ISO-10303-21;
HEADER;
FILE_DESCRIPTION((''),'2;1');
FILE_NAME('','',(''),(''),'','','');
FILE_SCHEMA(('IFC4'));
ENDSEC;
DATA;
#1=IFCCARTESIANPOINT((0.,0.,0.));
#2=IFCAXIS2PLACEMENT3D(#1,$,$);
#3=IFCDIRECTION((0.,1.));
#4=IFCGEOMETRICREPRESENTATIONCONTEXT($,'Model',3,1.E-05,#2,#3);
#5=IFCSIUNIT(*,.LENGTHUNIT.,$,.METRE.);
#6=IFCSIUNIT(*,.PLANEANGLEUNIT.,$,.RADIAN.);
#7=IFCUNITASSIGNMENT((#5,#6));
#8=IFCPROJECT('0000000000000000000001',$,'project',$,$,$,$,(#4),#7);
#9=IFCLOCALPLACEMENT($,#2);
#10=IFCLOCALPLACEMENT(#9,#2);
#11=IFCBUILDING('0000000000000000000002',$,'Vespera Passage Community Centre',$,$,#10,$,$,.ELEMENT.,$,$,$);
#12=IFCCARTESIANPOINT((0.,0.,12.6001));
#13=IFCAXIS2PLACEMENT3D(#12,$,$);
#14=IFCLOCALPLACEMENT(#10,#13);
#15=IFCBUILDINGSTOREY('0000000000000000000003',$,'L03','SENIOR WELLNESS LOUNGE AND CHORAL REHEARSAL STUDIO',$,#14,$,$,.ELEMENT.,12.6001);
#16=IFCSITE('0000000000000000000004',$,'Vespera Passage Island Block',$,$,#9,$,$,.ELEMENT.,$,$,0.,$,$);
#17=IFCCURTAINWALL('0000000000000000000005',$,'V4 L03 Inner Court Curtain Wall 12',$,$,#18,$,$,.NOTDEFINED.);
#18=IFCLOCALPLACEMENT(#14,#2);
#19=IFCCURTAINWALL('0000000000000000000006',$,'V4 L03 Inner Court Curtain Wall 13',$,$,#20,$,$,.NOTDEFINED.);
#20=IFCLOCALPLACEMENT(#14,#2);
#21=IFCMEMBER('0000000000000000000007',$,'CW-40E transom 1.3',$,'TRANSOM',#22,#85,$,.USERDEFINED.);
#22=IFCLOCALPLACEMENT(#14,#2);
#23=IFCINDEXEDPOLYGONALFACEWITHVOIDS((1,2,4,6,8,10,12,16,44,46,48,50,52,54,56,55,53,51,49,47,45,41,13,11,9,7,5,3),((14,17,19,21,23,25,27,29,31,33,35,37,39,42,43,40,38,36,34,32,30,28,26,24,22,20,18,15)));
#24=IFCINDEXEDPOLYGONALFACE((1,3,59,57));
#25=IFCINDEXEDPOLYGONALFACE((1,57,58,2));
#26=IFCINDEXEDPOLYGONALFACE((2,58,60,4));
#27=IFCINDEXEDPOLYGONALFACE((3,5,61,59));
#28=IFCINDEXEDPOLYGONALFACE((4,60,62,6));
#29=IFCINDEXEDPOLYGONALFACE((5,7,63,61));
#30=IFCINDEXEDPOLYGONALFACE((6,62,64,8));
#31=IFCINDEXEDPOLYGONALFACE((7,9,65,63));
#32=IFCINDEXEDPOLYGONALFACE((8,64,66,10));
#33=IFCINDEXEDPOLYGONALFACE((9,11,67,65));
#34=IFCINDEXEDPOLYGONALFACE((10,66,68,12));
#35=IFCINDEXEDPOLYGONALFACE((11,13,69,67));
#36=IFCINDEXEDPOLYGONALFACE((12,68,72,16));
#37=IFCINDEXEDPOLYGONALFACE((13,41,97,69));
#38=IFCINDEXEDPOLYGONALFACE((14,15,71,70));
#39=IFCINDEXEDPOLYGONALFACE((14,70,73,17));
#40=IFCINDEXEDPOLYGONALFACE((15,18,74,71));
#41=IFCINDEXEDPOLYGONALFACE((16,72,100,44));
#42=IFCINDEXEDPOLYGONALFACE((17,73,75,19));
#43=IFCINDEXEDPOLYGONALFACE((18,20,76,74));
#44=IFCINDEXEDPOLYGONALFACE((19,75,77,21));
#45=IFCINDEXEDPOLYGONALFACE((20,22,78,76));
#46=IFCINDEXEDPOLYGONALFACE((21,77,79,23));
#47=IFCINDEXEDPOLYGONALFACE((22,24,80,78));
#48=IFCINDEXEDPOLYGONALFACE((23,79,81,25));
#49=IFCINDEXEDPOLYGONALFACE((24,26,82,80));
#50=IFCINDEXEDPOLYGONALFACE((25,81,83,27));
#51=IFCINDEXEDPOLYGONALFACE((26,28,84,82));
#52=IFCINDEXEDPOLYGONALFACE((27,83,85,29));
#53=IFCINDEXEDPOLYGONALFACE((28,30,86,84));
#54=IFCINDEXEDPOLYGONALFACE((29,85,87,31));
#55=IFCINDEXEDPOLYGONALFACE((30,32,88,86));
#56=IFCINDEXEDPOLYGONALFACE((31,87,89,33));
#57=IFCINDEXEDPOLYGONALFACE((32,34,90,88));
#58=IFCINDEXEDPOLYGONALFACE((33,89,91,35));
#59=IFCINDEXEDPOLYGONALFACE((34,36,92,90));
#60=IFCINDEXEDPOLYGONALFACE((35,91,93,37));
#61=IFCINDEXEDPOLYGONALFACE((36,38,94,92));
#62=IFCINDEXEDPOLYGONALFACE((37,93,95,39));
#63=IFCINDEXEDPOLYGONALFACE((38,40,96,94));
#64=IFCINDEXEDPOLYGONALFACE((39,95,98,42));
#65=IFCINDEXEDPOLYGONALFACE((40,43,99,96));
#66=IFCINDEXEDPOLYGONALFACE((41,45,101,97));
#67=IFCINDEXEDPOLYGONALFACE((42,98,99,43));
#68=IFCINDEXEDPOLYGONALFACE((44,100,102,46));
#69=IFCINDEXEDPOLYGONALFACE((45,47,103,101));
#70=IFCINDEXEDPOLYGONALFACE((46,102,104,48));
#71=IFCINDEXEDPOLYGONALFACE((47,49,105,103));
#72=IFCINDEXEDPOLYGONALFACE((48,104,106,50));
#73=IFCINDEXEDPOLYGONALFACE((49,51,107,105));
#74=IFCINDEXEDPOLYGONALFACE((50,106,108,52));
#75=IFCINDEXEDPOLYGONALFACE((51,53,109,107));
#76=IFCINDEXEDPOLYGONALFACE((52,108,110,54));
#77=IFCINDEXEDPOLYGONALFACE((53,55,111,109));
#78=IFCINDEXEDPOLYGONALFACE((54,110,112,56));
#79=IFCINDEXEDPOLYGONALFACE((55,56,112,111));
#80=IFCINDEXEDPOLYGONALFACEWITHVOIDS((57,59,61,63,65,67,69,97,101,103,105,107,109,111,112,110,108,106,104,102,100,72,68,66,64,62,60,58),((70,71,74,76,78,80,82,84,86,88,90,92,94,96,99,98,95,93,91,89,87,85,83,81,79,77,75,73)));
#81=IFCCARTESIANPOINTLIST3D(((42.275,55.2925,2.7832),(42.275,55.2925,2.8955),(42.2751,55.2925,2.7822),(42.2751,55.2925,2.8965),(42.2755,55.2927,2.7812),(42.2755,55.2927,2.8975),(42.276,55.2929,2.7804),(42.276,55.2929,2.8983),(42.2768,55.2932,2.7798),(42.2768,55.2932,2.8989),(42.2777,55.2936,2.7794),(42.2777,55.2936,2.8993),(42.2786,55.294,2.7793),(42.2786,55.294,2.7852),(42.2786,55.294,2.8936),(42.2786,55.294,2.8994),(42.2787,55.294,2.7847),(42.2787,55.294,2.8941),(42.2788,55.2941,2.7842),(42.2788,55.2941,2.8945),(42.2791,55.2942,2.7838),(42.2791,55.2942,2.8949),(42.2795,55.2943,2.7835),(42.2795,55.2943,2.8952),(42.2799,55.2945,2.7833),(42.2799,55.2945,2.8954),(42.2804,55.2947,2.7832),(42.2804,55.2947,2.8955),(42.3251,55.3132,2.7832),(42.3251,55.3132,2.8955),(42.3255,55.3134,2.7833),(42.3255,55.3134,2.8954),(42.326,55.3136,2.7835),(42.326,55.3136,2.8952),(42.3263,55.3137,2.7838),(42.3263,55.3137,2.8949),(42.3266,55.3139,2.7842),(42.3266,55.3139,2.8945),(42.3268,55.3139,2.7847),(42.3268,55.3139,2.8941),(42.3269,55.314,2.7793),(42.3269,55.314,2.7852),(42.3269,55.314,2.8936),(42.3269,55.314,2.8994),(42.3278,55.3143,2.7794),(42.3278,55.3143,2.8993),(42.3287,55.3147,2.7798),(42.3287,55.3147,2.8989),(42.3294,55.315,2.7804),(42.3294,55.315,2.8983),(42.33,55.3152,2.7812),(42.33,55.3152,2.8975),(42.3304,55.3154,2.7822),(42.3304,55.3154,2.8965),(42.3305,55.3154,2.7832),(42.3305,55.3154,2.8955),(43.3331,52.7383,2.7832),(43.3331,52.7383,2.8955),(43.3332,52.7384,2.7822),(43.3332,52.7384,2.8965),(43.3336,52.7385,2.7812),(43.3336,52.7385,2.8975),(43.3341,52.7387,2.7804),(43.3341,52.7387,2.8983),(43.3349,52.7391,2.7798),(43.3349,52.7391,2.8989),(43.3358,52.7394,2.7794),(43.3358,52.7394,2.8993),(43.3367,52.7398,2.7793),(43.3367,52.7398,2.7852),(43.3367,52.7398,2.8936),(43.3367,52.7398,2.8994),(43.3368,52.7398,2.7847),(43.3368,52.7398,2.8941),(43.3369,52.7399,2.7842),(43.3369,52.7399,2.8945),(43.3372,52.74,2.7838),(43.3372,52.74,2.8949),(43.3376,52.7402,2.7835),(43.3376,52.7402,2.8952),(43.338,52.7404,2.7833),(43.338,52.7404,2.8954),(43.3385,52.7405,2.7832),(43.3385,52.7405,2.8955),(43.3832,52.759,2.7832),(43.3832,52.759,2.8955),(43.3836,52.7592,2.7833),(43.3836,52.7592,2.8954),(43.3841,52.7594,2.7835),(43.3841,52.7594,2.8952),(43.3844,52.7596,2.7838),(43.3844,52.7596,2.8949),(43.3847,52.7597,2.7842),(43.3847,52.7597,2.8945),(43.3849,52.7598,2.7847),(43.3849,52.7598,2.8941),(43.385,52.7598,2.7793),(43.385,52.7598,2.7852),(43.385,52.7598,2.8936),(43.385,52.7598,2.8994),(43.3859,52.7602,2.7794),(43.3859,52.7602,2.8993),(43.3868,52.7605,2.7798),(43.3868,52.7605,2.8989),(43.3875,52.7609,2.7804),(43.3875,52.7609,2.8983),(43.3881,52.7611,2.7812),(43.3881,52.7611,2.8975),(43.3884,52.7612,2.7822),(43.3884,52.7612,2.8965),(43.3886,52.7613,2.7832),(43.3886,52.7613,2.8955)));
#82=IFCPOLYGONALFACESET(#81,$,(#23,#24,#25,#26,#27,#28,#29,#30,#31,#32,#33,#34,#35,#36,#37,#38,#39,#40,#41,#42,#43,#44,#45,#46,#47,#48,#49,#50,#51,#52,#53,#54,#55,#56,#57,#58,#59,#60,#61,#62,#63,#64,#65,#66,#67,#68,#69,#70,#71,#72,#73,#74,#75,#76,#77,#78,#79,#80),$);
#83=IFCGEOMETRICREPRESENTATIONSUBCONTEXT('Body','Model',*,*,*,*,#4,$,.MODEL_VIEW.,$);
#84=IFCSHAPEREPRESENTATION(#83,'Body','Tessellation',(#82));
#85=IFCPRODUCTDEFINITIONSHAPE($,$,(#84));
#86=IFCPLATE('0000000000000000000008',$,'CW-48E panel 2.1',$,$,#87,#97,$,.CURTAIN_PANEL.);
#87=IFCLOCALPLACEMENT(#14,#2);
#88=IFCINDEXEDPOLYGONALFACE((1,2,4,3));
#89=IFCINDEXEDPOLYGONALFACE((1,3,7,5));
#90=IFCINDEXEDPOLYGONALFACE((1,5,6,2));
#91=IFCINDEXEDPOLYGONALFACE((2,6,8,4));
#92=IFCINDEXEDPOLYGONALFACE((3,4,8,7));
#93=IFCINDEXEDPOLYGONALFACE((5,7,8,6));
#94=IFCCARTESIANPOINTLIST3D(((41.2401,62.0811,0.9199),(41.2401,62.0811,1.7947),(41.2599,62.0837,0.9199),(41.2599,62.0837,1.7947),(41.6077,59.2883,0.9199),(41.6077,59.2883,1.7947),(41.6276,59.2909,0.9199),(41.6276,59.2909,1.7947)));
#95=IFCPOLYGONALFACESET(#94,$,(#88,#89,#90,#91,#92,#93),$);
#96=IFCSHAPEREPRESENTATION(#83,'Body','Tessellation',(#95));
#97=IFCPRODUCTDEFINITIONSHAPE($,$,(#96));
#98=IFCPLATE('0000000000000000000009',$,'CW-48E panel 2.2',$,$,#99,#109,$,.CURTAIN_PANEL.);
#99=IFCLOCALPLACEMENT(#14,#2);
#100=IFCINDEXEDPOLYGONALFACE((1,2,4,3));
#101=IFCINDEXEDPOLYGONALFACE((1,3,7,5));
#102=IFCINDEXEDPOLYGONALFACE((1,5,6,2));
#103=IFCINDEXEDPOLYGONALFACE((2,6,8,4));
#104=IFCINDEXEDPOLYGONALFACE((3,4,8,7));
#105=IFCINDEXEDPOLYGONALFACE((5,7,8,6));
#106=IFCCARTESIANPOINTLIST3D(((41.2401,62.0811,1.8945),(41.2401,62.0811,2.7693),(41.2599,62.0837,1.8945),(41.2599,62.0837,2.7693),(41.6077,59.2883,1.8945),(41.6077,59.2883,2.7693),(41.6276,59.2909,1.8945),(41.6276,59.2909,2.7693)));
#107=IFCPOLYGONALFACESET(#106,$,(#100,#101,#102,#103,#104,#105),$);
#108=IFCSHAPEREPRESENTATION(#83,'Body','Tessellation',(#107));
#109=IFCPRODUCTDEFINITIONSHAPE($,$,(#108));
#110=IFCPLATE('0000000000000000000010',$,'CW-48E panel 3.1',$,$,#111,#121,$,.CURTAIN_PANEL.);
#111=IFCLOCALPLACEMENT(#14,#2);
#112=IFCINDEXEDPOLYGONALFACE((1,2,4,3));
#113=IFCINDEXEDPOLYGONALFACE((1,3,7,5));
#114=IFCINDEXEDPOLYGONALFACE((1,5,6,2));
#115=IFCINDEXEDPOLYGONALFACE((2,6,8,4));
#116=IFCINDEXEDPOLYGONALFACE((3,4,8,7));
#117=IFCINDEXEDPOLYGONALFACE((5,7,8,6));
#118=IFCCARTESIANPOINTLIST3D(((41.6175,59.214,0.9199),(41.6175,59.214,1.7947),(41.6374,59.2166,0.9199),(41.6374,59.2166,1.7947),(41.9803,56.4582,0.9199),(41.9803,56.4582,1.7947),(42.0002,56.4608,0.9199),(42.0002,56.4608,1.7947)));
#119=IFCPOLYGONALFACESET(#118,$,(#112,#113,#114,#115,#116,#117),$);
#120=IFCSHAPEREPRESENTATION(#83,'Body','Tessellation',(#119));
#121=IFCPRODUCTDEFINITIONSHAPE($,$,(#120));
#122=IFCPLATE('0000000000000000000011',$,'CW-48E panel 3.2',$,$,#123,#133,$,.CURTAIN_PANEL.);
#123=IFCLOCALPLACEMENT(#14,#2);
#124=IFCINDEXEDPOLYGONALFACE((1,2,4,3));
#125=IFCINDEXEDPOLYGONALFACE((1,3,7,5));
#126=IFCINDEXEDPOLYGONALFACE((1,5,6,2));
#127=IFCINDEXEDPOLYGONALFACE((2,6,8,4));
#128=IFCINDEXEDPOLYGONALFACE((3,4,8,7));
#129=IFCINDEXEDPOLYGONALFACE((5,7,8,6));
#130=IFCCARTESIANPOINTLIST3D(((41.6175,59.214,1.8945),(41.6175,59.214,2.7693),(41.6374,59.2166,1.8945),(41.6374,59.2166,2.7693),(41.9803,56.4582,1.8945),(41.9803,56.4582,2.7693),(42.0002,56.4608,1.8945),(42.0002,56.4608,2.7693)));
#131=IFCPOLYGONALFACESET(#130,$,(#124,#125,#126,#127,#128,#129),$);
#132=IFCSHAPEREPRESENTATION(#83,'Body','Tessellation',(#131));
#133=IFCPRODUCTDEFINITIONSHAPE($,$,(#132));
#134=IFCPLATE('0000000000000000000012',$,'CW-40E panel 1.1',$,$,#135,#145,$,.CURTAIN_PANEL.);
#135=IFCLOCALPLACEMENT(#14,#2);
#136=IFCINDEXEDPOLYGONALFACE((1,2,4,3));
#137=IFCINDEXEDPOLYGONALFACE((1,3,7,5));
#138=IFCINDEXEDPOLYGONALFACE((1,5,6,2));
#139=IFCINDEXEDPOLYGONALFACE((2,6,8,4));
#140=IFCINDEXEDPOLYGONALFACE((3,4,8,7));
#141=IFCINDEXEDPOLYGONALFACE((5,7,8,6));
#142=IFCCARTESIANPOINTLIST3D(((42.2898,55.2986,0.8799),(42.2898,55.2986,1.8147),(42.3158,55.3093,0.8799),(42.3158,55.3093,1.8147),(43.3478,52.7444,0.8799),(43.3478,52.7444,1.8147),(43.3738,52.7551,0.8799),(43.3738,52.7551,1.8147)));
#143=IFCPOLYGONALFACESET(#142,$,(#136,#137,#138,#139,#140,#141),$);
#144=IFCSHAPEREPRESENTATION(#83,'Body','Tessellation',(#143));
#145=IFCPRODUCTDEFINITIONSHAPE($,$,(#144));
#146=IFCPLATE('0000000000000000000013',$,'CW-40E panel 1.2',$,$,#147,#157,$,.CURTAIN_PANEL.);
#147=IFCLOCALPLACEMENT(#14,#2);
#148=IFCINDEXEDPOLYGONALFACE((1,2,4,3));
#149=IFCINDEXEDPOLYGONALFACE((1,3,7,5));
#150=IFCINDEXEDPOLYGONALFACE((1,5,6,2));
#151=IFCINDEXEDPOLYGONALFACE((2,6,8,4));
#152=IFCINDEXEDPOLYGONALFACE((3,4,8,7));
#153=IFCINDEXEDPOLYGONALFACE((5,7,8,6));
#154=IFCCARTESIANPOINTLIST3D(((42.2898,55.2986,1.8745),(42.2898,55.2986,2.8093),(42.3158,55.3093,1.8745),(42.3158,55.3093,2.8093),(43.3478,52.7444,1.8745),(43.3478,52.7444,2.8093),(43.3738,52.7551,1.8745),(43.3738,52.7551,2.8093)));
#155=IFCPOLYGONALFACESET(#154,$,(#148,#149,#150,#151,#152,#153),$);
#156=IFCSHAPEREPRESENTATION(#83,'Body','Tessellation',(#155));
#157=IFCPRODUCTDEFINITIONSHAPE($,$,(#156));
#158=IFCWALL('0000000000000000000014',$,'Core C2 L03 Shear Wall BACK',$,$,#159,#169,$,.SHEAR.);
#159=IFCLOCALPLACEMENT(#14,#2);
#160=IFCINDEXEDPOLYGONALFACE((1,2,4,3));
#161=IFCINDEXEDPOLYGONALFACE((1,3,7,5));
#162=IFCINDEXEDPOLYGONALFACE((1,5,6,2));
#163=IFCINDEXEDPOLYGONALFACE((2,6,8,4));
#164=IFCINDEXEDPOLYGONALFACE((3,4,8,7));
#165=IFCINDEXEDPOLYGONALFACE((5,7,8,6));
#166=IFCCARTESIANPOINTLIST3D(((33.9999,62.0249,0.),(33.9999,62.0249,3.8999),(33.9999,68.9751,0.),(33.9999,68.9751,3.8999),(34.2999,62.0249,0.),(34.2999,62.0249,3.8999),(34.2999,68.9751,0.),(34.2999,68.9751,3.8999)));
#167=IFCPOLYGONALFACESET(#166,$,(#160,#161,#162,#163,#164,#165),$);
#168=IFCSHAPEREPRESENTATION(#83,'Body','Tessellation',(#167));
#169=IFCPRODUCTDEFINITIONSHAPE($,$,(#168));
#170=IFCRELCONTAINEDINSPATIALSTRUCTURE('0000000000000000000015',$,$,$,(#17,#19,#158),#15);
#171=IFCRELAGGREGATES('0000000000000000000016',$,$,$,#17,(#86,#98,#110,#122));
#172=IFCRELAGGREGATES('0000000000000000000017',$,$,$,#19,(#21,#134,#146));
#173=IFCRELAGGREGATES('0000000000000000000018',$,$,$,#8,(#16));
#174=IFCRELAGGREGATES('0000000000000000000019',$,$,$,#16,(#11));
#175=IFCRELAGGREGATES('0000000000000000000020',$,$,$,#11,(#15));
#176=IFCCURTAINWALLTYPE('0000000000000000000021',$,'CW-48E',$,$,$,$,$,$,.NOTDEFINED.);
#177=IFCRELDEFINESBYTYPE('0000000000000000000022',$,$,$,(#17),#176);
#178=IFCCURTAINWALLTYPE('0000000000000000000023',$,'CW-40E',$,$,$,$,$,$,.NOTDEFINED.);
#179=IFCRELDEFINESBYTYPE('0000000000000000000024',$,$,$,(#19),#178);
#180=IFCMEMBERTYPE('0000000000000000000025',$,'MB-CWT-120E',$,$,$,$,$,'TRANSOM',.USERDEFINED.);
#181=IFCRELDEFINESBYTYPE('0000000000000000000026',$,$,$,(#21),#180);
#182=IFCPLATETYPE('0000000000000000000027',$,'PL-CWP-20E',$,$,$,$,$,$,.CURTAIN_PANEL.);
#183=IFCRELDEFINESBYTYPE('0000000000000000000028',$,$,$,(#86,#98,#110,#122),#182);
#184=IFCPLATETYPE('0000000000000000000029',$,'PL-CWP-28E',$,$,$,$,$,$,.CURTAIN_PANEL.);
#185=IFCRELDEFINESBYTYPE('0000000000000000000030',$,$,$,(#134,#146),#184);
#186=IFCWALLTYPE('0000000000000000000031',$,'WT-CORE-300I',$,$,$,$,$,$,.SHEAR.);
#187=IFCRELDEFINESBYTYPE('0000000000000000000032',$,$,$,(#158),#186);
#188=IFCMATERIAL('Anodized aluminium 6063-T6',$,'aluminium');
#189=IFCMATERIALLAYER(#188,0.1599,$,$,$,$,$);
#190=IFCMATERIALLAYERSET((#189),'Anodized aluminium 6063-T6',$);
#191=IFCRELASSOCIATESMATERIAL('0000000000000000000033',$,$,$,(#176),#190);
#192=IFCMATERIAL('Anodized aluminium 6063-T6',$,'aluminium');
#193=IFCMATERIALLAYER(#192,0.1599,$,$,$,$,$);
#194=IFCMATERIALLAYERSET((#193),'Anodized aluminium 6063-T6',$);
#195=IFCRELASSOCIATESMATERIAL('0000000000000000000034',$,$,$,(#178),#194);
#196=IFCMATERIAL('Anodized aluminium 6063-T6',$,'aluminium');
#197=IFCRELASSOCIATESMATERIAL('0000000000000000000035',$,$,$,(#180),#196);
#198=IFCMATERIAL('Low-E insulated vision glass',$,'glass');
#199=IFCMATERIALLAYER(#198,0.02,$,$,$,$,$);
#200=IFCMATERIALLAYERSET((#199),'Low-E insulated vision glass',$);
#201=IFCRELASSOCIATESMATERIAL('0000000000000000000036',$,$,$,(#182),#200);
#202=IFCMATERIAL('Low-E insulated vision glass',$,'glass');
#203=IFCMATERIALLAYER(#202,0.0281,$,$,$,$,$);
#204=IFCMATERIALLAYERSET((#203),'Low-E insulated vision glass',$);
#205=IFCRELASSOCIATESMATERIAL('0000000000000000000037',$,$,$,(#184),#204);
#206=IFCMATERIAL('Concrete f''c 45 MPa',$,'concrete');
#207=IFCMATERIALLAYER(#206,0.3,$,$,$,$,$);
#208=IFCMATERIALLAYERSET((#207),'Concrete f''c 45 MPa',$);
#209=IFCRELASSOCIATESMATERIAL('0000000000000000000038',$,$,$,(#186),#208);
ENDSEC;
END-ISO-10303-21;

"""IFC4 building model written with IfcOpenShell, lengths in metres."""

from ifc_helpers import new_model, si_unit, direction, frame, frame_2d, origin, origin_2d, place, context, subcontext, project, spatial, rectangle, hollow_rectangle, extrude, material, layer, layer_set, material_profile, profile_set, type_object, element, aggregate, save


model = new_model("IFC4")

# Units and contexts
model_context = context("Model", 3, precision=1e-05, world=origin(), true_north=direction((0.0, 1.0)))
body_context = subcontext(model_context, "Body", "Model", "MODEL_VIEW")
ifc_project = project(units=[si_unit("LENGTHUNIT", "METRE"), si_unit("PLANEANGLEUNIT", "RADIAN")], contexts=[model_context])

# Site, building, storey
site_placement = place(None, origin())
site = spatial("IfcSite", under=ifc_project, at=site_placement, Name="Vespera Passage Island Block", CompositionType="ELEMENT", RefElevation=0.0)
building_placement = place(site_placement, origin())
building = spatial("IfcBuilding", under=site, at=building_placement, Name="Vespera Passage Community Centre", CompositionType="ELEMENT")
storey_placement = place(building_placement, frame((0.0, 0.0, 12.6001)))
storey = spatial("IfcBuildingStorey", under=building, at=storey_placement, Name="L03", Description="SENIOR WELLNESS LOUNGE AND CHORAL REHEARSAL STUDIO", CompositionType="ELEMENT", Elevation=12.6001)

# Curtain wall
ifc_material_1 = material(Name="Anodized aluminium 6063-T6", Category="aluminium")
ifc_layer_1 = layer(ifc_material_1, 0.1599)
ifc_layer_set_1 = layer_set([ifc_layer_1], Name="Anodized aluminium 6063-T6")
curtain_wall_type_1 = type_object("IfcCurtainWallType", Name="CW-48E", PredefinedType="NOTDEFINED", material=ifc_layer_set_1)
curtain_wall_1_placement = place(storey_placement, origin())
curtain_wall_1 = element("IfcCurtainWall", 1, at=curtain_wall_1_placement, inside=storey, type_object=curtain_wall_type_1, Name="V4 L03 Inner Court Curtain Wall 12", PredefinedType="NOTDEFINED")

# Curtain wall
ifc_material_2 = material(Name="Anodized aluminium 6063-T6", Category="aluminium")
ifc_layer_2 = layer(ifc_material_2, 0.1599)
ifc_layer_set_2 = layer_set([ifc_layer_2], Name="Anodized aluminium 6063-T6")
curtain_wall_type_2 = type_object("IfcCurtainWallType", Name="CW-40E", PredefinedType="NOTDEFINED", material=ifc_layer_set_2)
curtain_wall_2_placement = place(storey_placement, origin())
curtain_wall_2 = element("IfcCurtainWall", 2, at=curtain_wall_2_placement, inside=storey, type_object=curtain_wall_type_2, Name="V4 L03 Inner Court Curtain Wall 13", PredefinedType="NOTDEFINED")

# Member
ifc_material_3 = material(Name="Anodized aluminium 6063-T6", Category="aluminium")
ifc_material_profile_1 = material_profile(ifc_material_3, hollow_rectangle(XDim=0.0601, YDim=0.1201, WallThickness=0.0039, InnerFilletRadius=0.002, OuterFilletRadius=0.0039, at=origin_2d()), Name="ALU120X60X4")
ifc_profile_set_1 = profile_set([ifc_material_profile_1], Name="Anodized aluminium 6063-T6")
member_type_1 = type_object("IfcMemberType", Name="MB-CWT-120E", ElementType="TRANSOM", PredefinedType="USERDEFINED", material=ifc_profile_set_1)
member_1_placement = place(storey_placement, frame((42.3027, 55.304, 2.8394), z_axis=(0.382721, -0.923864, 0.0), x_axis=(0.923864, 0.382721, 0.0)))
member_1 = element("IfcMember", 3, at=member_1_placement, type_object=member_type_1, Name="CW-40E transom 1.3", ObjectType="TRANSOM", PredefinedType="USERDEFINED", context=body_context, shape_type="SweptSolid", body=[
    extrude(hollow_rectangle(XDim=0.0601, YDim=0.1201, WallThickness=0.0039, InnerFilletRadius=0.002, OuterFilletRadius=0.0039, at=origin_2d()), origin(), (0.0, 0.0, 1.0), 2.7646),
])

# Plates
ifc_material_4 = material(Name="Low-E insulated vision glass", Category="glass")
ifc_layer_3 = layer(ifc_material_4, 0.02)
ifc_layer_set_3 = layer_set([ifc_layer_3], Name="Low-E insulated vision glass")
plate_type_1 = type_object("IfcPlateType", Name="PL-CWP-20E", PredefinedType="CURTAIN_PANEL", material=ifc_layer_set_3)
plate_1_placement = place(storey_placement, frame((41.4338, 60.686, 0.9199), z_axis=(0.0, 0.0, 1.0), x_axis=(0.130522, -0.991445, 0.0)))
plate_1 = element("IfcPlate", 4, at=plate_1_placement, type_object=plate_type_1, Name="CW-48E panel 2.1", PredefinedType="CURTAIN_PANEL", context=body_context, shape_type="SweptSolid", body=[
    extrude(rectangle(XDim=2.8169, YDim=0.02, at=origin_2d()), origin(), (0.0, 0.0, 1.0), 0.8748),
])
plate_2_placement = place(storey_placement, frame((41.4338, 60.686, 1.8945), z_axis=(0.0, 0.0, 1.0), x_axis=(0.130522, -0.991445, 0.0)))
plate_2 = element("IfcPlate", 5, at=plate_2_placement, type_object=plate_type_1, Name="CW-48E panel 2.2", PredefinedType="CURTAIN_PANEL", context=body_context, shape_type="SweptSolid", body=[
    extrude(rectangle(XDim=2.8169, YDim=0.02, at=origin_2d()), origin(), (0.0, 0.0, 1.0), 0.8748),
])
plate_3_placement = place(storey_placement, frame((41.8088, 57.8374, 0.9199), z_axis=(0.0, 0.0, 1.0), x_axis=(0.130522, -0.991445, 0.0)))
plate_3 = element("IfcPlate", 6, at=plate_3_placement, type_object=plate_type_1, Name="CW-48E panel 3.1", PredefinedType="CURTAIN_PANEL", context=body_context, shape_type="SweptSolid", body=[
    extrude(rectangle(XDim=2.7795, YDim=0.02, at=origin_2d()), origin(), (0.0, 0.0, 1.0), 0.8748),
])
plate_4_placement = place(storey_placement, frame((41.8088, 57.8374, 1.8945), z_axis=(0.0, 0.0, 1.0), x_axis=(0.130522, -0.991445, 0.0)))
plate_4 = element("IfcPlate", 7, at=plate_4_placement, type_object=plate_type_1, Name="CW-48E panel 3.2", PredefinedType="CURTAIN_PANEL", context=body_context, shape_type="SweptSolid", body=[
    extrude(rectangle(XDim=2.7795, YDim=0.02, at=origin_2d()), origin(), (0.0, 0.0, 1.0), 0.8748),
])
aggregate(curtain_wall_1, [plate_1, plate_2, plate_3, plate_4])
ifc_material_5 = material(Name="Low-E insulated vision glass", Category="glass")
ifc_layer_4 = layer(ifc_material_5, 0.0281)
ifc_layer_set_4 = layer_set([ifc_layer_4], Name="Low-E insulated vision glass")
plate_type_2 = type_object("IfcPlateType", Name="PL-CWP-28E", PredefinedType="CURTAIN_PANEL", material=ifc_layer_set_4)
plate_5_placement = place(storey_placement, frame((42.8318, 54.0269, 0.8799), z_axis=(0.0, 0.0, 1.0), x_axis=(0.38269, -0.923877, 0.0)))
plate_5 = element("IfcPlate", 8, at=plate_5_placement, type_object=plate_type_2, Name="CW-40E panel 1.1", PredefinedType="CURTAIN_PANEL", context=body_context, shape_type="SweptSolid", body=[
    extrude(rectangle(XDim=2.7646, YDim=0.0281, at=origin_2d()), origin(), (0.0, 0.0, 1.0), 0.9348),
])
plate_6_placement = place(storey_placement, frame((42.8318, 54.0269, 1.8745), z_axis=(0.0, 0.0, 1.0), x_axis=(0.38269, -0.923877, 0.0)))
plate_6 = element("IfcPlate", 9, at=plate_6_placement, type_object=plate_type_2, Name="CW-40E panel 1.2", PredefinedType="CURTAIN_PANEL", context=body_context, shape_type="SweptSolid", body=[
    extrude(rectangle(XDim=2.7646, YDim=0.0281, at=origin_2d()), origin(), (0.0, 0.0, 1.0), 0.9348),
])
aggregate(curtain_wall_2, [member_1, plate_5, plate_6])

# Wall
ifc_material_6 = material(Name="Concrete f'c 45 MPa", Category="concrete")
ifc_layer_5 = layer(ifc_material_6, 0.3)
ifc_layer_set_5 = layer_set([ifc_layer_5], Name="Concrete f'c 45 MPa")
wall_type_1 = type_object("IfcWallType", Name="WT-CORE-300I", PredefinedType="SHEAR", material=ifc_layer_set_5)
wall_1_placement = place(storey_placement, frame((34.1499, 62.0249, 0.0), z_axis=(0.0, 0.0, 1.0), x_axis=(0.0, 1.0, 0.0)))
element("IfcWall", 10, at=wall_1_placement, inside=storey, type_object=wall_type_1, Name="Core C2 L03 Shear Wall BACK", PredefinedType="SHEAR", context=body_context, shape_type="SweptSolid", body=[
    extrude(rectangle(XDim=6.9502, YDim=0.3, at=frame_2d((3.4751, 0.0))), origin(), (0.0, 0.0, 1.0), 3.8999),
])

save(model, "model.ifc")
